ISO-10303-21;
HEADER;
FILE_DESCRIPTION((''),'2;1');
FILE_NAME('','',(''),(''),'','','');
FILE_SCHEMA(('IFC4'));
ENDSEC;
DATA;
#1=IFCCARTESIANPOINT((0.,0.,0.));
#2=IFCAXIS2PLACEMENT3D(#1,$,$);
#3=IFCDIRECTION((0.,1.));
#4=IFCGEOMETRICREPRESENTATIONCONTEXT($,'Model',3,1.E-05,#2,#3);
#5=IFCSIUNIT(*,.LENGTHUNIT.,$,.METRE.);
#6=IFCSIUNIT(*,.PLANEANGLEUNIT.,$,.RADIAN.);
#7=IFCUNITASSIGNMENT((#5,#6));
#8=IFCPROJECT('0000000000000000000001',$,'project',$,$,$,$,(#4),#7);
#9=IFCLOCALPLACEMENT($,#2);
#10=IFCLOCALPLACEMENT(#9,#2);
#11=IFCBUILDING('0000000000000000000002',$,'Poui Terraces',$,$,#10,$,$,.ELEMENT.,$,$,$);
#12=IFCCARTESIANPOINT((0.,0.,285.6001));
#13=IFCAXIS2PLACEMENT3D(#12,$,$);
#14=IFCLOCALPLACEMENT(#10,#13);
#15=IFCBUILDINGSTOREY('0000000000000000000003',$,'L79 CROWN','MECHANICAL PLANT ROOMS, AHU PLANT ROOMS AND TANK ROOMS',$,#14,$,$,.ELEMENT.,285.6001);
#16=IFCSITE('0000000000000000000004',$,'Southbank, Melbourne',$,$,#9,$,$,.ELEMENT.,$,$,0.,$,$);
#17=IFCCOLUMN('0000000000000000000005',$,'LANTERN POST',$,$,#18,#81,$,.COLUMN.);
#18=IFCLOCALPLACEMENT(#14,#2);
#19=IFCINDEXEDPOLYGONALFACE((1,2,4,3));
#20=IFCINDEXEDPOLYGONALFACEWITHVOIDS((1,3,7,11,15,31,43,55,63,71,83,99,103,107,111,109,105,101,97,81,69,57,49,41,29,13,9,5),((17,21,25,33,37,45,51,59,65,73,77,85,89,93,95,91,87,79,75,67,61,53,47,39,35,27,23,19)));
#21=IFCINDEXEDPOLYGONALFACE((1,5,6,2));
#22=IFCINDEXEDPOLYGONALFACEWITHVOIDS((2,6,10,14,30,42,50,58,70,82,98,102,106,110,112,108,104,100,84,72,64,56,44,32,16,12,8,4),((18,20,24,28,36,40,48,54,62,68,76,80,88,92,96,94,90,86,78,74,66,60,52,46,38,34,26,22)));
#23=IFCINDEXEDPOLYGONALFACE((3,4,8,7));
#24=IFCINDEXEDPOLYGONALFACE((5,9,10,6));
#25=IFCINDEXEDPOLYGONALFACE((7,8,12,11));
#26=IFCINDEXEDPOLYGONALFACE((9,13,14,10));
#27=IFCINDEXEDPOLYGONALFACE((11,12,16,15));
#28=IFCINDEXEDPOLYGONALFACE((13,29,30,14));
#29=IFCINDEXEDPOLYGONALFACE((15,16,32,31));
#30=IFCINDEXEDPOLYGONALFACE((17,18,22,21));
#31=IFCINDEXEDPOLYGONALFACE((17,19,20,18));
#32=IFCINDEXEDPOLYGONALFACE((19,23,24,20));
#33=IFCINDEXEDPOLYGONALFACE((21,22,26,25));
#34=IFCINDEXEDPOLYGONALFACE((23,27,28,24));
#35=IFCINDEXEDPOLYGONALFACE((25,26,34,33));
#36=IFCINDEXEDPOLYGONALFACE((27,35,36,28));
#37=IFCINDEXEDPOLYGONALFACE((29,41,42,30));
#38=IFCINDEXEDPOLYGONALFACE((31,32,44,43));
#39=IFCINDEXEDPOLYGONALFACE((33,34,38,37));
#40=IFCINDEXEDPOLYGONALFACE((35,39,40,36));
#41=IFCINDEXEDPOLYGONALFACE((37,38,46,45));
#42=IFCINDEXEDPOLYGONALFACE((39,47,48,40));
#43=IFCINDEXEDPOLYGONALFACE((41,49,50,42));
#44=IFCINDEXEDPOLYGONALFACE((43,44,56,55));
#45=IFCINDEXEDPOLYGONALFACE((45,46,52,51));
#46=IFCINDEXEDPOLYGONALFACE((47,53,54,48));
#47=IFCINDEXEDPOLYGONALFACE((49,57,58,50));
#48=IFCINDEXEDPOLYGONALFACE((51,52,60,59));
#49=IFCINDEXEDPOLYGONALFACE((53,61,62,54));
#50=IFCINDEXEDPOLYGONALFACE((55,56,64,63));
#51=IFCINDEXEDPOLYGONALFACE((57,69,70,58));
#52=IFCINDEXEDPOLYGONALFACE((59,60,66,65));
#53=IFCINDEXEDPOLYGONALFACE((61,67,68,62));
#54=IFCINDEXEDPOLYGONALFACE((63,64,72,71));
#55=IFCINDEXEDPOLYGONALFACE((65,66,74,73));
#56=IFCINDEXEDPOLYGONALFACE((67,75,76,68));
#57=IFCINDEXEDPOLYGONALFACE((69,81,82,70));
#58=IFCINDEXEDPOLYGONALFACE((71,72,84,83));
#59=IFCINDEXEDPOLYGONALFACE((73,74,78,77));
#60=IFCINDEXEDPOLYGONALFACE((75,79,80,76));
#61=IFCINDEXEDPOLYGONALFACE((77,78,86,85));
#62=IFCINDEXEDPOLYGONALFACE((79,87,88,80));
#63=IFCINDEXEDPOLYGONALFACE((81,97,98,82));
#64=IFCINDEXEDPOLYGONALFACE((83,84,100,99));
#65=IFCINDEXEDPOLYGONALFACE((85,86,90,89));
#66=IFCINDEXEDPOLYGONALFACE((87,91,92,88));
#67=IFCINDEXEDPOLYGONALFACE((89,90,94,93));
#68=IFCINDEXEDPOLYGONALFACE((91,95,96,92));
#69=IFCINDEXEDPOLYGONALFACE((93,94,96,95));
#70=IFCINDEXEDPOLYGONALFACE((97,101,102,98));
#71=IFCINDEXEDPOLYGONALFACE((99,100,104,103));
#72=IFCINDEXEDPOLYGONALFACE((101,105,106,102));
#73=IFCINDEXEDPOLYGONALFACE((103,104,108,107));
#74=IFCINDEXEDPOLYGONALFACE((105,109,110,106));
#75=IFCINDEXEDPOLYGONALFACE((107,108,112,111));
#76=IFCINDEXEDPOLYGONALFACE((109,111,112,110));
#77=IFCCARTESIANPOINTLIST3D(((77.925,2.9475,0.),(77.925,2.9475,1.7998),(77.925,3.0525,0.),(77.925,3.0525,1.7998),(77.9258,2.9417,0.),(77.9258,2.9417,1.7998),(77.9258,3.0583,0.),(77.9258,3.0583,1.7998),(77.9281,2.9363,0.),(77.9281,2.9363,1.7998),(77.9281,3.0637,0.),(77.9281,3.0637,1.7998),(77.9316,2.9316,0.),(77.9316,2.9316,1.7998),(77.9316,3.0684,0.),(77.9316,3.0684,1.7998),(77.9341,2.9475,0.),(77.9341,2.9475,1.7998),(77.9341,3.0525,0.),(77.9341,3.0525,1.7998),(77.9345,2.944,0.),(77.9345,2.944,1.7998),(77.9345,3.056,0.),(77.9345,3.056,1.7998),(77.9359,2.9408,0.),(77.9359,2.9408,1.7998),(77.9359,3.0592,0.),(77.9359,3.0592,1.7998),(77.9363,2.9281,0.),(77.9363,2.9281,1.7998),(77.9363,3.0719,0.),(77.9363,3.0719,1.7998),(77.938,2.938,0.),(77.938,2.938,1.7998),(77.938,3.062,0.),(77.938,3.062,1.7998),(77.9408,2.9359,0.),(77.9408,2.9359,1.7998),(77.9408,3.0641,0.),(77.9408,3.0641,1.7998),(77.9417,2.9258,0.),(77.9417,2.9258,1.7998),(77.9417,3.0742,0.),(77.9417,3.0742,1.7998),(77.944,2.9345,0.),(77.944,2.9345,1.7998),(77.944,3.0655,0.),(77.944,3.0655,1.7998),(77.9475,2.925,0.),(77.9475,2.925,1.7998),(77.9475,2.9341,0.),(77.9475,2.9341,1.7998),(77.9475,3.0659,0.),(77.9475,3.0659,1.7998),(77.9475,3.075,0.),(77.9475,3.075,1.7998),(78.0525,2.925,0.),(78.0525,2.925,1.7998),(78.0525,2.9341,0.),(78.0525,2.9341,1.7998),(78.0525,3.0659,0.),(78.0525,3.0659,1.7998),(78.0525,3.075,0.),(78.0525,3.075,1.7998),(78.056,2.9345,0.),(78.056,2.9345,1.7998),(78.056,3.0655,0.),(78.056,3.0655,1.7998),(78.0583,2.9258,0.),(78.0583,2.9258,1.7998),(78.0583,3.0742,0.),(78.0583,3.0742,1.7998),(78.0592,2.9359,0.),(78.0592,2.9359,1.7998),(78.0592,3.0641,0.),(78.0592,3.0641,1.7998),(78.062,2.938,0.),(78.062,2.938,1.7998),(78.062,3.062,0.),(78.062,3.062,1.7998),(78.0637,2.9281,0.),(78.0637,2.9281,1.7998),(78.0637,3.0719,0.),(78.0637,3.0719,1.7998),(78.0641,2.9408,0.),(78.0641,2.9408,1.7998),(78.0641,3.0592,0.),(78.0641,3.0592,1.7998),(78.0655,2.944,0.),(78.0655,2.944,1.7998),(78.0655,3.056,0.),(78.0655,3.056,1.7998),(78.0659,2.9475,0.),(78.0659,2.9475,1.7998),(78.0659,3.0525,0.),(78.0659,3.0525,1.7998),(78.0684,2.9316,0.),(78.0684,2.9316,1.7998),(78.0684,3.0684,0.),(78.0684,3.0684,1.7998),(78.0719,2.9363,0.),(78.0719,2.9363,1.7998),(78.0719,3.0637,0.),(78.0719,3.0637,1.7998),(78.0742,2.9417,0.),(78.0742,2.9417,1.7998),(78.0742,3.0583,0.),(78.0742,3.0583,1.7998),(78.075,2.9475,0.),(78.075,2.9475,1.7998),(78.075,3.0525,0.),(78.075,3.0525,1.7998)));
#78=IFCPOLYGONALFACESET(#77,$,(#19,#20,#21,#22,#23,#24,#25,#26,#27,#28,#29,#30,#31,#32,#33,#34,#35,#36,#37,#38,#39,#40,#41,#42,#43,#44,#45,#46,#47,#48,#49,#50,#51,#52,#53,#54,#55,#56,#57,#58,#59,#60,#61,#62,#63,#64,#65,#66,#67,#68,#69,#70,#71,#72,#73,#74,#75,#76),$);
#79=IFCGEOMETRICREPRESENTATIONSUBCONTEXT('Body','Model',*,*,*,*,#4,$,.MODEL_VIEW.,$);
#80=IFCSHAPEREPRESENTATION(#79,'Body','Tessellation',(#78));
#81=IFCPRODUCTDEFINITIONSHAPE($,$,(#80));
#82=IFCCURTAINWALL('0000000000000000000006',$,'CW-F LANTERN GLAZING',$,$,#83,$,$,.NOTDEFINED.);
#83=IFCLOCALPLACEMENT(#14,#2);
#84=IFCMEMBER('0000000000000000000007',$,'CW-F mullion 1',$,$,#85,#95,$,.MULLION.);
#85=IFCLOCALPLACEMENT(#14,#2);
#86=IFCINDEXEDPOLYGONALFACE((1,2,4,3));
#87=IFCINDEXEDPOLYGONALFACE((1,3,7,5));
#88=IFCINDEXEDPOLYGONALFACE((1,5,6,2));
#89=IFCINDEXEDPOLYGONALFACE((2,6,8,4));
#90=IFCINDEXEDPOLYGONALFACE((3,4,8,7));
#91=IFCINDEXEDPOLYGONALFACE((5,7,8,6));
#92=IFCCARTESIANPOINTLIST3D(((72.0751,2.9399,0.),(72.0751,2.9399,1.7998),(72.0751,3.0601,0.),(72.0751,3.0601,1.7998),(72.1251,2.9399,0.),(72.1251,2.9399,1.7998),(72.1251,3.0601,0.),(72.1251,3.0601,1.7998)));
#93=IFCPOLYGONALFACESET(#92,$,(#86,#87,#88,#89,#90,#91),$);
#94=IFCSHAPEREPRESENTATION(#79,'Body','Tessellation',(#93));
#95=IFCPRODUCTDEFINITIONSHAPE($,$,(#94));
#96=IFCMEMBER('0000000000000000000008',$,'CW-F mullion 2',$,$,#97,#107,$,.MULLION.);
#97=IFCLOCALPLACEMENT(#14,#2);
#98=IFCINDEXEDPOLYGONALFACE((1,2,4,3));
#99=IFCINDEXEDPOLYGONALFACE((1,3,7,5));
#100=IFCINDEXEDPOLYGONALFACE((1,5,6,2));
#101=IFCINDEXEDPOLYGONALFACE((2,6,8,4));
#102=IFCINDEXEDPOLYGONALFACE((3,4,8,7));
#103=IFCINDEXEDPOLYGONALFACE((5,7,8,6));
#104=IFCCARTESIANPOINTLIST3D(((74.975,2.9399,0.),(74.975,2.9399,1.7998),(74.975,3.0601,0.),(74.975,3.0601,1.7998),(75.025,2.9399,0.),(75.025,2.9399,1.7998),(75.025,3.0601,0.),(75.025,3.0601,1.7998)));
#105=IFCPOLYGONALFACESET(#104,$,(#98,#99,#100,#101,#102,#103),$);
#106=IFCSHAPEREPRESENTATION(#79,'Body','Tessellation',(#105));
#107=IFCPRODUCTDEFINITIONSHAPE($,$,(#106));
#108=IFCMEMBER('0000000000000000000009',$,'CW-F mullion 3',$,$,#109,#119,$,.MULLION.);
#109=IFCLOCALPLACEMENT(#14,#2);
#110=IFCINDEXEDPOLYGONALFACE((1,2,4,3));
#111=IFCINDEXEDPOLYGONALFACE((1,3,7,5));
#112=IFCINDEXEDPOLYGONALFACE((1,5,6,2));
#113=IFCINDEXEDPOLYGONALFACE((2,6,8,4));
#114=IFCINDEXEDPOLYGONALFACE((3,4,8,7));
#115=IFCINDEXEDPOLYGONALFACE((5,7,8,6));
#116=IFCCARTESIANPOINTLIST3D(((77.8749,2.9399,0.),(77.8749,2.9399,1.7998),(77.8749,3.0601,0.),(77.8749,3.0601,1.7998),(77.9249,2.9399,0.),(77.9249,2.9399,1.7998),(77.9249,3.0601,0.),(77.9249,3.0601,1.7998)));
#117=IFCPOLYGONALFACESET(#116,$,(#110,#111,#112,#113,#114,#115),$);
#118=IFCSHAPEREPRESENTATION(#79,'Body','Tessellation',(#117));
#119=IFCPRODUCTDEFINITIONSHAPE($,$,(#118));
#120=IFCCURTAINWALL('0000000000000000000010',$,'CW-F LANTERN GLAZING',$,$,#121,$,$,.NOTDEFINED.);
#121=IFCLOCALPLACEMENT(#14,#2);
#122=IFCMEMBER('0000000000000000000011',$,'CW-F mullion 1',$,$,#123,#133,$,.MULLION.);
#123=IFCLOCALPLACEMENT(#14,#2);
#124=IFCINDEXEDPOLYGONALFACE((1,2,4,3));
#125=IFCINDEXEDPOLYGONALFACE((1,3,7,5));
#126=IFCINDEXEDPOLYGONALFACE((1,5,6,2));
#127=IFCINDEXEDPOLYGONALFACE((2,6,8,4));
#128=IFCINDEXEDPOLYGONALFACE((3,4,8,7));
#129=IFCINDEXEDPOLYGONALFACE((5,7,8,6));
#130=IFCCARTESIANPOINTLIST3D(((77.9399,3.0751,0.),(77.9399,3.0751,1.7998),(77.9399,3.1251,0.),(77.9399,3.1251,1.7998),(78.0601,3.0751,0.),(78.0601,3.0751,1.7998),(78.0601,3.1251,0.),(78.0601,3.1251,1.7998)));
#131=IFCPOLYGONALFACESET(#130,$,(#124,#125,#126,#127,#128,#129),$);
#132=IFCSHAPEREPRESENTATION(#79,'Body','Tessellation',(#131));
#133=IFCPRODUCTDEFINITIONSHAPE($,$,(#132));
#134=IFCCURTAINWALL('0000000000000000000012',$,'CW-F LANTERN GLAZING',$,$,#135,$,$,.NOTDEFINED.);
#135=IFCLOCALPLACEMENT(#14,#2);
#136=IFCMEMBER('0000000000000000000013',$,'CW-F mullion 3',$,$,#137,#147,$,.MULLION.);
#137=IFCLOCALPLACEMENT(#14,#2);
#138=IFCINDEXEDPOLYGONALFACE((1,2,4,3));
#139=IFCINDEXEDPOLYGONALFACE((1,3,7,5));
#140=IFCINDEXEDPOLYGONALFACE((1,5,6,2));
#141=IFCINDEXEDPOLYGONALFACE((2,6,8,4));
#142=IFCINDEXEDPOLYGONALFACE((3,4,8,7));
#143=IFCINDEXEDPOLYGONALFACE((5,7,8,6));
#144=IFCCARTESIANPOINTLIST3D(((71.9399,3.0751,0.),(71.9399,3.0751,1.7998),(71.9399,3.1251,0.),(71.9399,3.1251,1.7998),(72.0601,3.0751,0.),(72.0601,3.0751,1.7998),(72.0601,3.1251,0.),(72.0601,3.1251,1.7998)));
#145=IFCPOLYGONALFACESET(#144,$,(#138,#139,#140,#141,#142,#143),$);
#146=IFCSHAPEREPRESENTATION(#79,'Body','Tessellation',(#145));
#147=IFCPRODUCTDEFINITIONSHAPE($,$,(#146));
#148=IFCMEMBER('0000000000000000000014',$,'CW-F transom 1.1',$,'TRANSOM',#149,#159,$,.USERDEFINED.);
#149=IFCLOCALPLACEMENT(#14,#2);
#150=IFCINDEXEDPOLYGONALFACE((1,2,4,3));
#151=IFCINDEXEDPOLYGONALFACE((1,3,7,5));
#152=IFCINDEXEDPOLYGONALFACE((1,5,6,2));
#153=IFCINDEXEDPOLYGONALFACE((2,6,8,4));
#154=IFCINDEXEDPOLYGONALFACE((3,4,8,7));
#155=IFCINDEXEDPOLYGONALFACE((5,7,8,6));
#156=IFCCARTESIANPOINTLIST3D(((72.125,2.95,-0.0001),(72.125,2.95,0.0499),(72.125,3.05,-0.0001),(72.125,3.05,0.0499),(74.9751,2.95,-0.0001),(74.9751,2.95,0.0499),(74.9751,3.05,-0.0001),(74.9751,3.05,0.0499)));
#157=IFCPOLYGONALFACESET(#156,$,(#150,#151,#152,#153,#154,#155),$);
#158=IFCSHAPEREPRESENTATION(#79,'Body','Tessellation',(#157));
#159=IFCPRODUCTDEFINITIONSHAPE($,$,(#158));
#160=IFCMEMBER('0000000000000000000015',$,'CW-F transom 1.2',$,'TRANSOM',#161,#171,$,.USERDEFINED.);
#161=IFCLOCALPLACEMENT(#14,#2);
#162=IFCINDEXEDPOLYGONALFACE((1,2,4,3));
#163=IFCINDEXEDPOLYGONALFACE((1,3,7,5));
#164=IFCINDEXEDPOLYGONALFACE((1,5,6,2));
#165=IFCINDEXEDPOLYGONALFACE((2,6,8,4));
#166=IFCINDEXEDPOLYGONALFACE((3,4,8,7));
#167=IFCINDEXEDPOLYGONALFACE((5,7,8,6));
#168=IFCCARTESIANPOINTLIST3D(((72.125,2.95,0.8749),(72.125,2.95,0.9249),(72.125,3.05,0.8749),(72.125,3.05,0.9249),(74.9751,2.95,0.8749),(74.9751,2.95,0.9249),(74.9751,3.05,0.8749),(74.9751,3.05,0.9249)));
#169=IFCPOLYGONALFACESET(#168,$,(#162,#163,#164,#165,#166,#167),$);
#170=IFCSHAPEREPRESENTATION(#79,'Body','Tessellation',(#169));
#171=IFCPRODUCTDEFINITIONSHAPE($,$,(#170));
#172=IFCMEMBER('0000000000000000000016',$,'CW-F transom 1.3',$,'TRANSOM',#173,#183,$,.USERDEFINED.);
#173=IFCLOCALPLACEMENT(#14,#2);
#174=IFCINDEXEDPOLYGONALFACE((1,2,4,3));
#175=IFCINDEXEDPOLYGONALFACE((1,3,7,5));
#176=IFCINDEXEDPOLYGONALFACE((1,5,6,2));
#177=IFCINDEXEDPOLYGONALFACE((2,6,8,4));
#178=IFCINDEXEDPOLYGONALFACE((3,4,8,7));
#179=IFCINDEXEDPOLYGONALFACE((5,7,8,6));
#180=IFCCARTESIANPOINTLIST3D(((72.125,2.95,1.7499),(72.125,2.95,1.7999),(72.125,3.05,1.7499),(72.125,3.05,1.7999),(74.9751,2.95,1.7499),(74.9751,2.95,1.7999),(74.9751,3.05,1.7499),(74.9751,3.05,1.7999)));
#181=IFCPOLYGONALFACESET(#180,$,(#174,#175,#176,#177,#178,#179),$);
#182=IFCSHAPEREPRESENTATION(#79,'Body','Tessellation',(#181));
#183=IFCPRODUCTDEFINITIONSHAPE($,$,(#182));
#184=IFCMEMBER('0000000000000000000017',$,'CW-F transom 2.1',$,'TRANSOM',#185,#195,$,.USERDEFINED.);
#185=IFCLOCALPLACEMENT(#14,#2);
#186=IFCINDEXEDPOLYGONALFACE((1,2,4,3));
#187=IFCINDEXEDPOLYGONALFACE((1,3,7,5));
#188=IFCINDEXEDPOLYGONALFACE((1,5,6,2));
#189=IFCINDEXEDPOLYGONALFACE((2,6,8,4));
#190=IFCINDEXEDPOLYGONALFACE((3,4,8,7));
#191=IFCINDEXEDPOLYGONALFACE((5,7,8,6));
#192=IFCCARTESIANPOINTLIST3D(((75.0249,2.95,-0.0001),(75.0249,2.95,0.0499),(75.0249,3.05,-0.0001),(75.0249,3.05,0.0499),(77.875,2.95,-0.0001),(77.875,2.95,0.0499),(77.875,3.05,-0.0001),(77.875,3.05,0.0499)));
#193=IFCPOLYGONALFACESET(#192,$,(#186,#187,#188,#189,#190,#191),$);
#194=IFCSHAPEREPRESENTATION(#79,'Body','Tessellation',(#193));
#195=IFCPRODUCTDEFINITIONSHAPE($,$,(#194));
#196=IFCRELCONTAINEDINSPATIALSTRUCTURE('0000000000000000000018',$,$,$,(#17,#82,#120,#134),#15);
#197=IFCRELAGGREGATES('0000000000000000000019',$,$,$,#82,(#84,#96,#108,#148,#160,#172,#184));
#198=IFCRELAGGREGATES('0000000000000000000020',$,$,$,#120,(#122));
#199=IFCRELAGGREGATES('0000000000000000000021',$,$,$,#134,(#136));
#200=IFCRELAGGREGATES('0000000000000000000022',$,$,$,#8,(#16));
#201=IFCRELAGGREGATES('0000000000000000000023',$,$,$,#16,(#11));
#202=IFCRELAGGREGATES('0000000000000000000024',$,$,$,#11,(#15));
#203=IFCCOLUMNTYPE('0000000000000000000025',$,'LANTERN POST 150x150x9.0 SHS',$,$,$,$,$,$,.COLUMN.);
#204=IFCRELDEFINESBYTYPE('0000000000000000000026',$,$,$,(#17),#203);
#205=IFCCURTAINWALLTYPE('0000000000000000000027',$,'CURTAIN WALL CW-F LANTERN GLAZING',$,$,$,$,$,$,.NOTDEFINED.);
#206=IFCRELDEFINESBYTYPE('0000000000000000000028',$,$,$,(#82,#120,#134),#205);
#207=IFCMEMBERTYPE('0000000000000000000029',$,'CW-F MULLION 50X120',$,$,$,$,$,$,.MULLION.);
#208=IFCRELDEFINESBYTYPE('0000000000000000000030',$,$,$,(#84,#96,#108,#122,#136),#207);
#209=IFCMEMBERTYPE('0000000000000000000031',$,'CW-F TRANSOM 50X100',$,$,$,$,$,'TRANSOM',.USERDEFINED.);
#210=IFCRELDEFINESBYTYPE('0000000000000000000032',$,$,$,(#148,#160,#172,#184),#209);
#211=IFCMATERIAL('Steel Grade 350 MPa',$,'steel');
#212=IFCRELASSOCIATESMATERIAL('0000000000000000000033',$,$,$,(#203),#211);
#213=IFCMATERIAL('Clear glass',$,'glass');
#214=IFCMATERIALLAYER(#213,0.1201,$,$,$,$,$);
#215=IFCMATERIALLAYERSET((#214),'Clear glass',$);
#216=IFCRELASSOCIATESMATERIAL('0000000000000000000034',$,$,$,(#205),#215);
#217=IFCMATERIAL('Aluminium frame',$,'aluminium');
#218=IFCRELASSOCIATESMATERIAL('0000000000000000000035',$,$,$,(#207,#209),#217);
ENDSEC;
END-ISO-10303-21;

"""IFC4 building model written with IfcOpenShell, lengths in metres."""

from ifc_helpers import new_model, si_unit, direction, frame, origin, origin_2d, place, context, subcontext, project, spatial, rectangle, hollow_rectangle, extrude, source, transform, mapped, material, layer, layer_set, material_profile, profile_set, type_object, element, aggregate, save


model = new_model("IFC4")

# Units and contexts
model_context = context("Model", 3, precision=1e-05, world=origin(), true_north=direction((0.0, 1.0)))
body_context = subcontext(model_context, "Body", "Model", "MODEL_VIEW")
ifc_project = project(units=[si_unit("LENGTHUNIT", "METRE"), si_unit("PLANEANGLEUNIT", "RADIAN")], contexts=[model_context])

# Site, building, storey
site_placement = place(None, origin())
site = spatial("IfcSite", under=ifc_project, at=site_placement, Name="Southbank, Melbourne", CompositionType="ELEMENT", RefElevation=0.0)
building_placement = place(site_placement, origin())
building = spatial("IfcBuilding", under=site, at=building_placement, Name="Poui Terraces", CompositionType="ELEMENT")
storey_placement = place(building_placement, frame((0.0, 0.0, 285.6001)))
storey = spatial("IfcBuildingStorey", under=building, at=storey_placement, Name="L79 CROWN", Description="MECHANICAL PLANT ROOMS, AHU PLANT ROOMS AND TANK ROOMS", CompositionType="ELEMENT", Elevation=285.6001)

# Column
ifc_material_1 = material(Name="Steel Grade 350 MPa", Category="steel")
ifc_material_profile_1 = material_profile(ifc_material_1, hollow_rectangle(XDim=0.1499, YDim=0.1499, WallThickness=0.009, InnerFilletRadius=0.0134, OuterFilletRadius=0.0225, at=origin_2d()), Name="150x150x9.0 SHS")
ifc_profile_set_1 = profile_set([ifc_material_profile_1], Name="Steel Grade 350 MPa")
column_type_1 = type_object("IfcColumnType", Name="LANTERN POST 150x150x9.0 SHS", PredefinedType="COLUMN", material=ifc_profile_set_1)
shared_shape_1 = source(origin(), body_context, "Body", "SweptSolid", [
    extrude(hollow_rectangle(XDim=0.1499, YDim=0.1499, WallThickness=0.009, InnerFilletRadius=0.0134, OuterFilletRadius=0.0225, at=origin_2d()), origin(), (0.0, 0.0, 1.0), 1.7998),
])
for number, where, z_axis, x_axis, name in (
    (1, (78.0, 3.0, 0.0), (0.0, 0.0, 1.0), (1.0, 0.0, 0.0), "LANTERN POST"),
):
    element("IfcColumn", number, at=place(storey_placement, frame(where, z_axis=z_axis, x_axis=x_axis)), inside=storey, type_object=column_type_1, Name=name, PredefinedType="COLUMN", context=body_context, shape_type="MappedRepresentation", body=[
        mapped(shared_shape_1, transform((0.0, 0.0, 0.0))),
    ])

# Curtain wall, members
ifc_material_2 = material(Name="Clear glass", Category="glass")
ifc_layer_1 = layer(ifc_material_2, 0.1201)
ifc_layer_set_1 = layer_set([ifc_layer_1], Name="Clear glass")
curtain_wall_type = type_object("IfcCurtainWallType", Name="CURTAIN WALL CW-F LANTERN GLAZING", PredefinedType="NOTDEFINED", material=ifc_layer_set_1)
curtain_wall_1_placement = place(storey_placement, origin())
curtain_wall_1 = element("IfcCurtainWall", 2, at=curtain_wall_1_placement, inside=storey, type_object=curtain_wall_type, Name="CW-F LANTERN GLAZING", PredefinedType="NOTDEFINED")
ifc_material_3 = material(Name="Aluminium frame", Category="aluminium")
ifc_material_profile_2 = material_profile(ifc_material_3, rectangle(XDim=0.1201, YDim=0.05, at=origin_2d()), Name="CW-F MULLION 50X120")
ifc_profile_set_2 = profile_set([ifc_material_profile_2], Name="Aluminium frame")
member_type_1 = type_object("IfcMemberType", Name="CW-F MULLION 50X120", PredefinedType="MULLION", material=ifc_profile_set_2)
member_1_placement = place(storey_placement, frame((72.1001, 3.0, 0.0), z_axis=(0.0, 0.0, 1.0), x_axis=(0.0, 1.0, 0.0)))
member_1 = element("IfcMember", 3, at=member_1_placement, type_object=member_type_1, Name="CW-F mullion 1", PredefinedType="MULLION", context=body_context, shape_type="SweptSolid", body=[
    extrude(rectangle(XDim=0.1201, YDim=0.05, at=origin_2d()), origin(), (0.0, 0.0, 1.0), 1.7998),
])
member_2_placement = place(storey_placement, frame((75.0, 3.0, 0.0), z_axis=(0.0, 0.0, 1.0), x_axis=(0.0, 1.0, 0.0)))
member_2 = element("IfcMember", 4, at=member_2_placement, type_object=member_type_1, Name="CW-F mullion 2", PredefinedType="MULLION", context=body_context, shape_type="SweptSolid", body=[
    extrude(rectangle(XDim=0.1201, YDim=0.05, at=origin_2d()), origin(), (0.0, 0.0, 1.0), 1.7998),
])
member_3_placement = place(storey_placement, frame((77.8999, 3.0, 0.0), z_axis=(0.0, 0.0, 1.0), x_axis=(0.0, 1.0, 0.0)))
member_3 = element("IfcMember", 5, at=member_3_placement, type_object=member_type_1, Name="CW-F mullion 3", PredefinedType="MULLION", context=body_context, shape_type="SweptSolid", body=[
    extrude(rectangle(XDim=0.1201, YDim=0.05, at=origin_2d()), origin(), (0.0, 0.0, 1.0), 1.7998),
])

# Curtain walls, members
curtain_wall_2_placement = place(storey_placement, origin())
curtain_wall_2 = element("IfcCurtainWall", 6, at=curtain_wall_2_placement, inside=storey, type_object=curtain_wall_type, Name="CW-F LANTERN GLAZING", PredefinedType="NOTDEFINED")
member_4_placement = place(storey_placement, frame((78.0, 3.1001, 0.0), z_axis=(0.0, 0.0, 1.0), x_axis=(-1.0, 0.0, 0.0)))
member_4 = element("IfcMember", 7, at=member_4_placement, type_object=member_type_1, Name="CW-F mullion 1", PredefinedType="MULLION", context=body_context, shape_type="SweptSolid", body=[
    extrude(rectangle(XDim=0.1201, YDim=0.05, at=origin_2d()), origin(), (0.0, 0.0, 1.0), 1.7998),
])
curtain_wall_3_placement = place(storey_placement, origin())
curtain_wall_3 = element("IfcCurtainWall", 8, at=curtain_wall_3_placement, inside=storey, type_object=curtain_wall_type, Name="CW-F LANTERN GLAZING", PredefinedType="NOTDEFINED")
member_5_placement = place(storey_placement, frame((72.0, 3.1001, 0.0), z_axis=(0.0, 0.0, 1.0), x_axis=(1.0, 0.0, 0.0)))
member_5 = element("IfcMember", 9, at=member_5_placement, type_object=member_type_1, Name="CW-F mullion 3", PredefinedType="MULLION", context=body_context, shape_type="SweptSolid", body=[
    extrude(rectangle(XDim=0.1201, YDim=0.05, at=origin_2d()), origin(), (0.0, 0.0, 1.0), 1.7998),
])

# Members
ifc_material_profile_3 = material_profile(ifc_material_3, rectangle(XDim=0.1001, YDim=0.05, at=origin_2d()), Name="CW-F TRANSOM 50X100")
ifc_profile_set_3 = profile_set([ifc_material_profile_3], Name="Aluminium frame")
member_type_2 = type_object("IfcMemberType", Name="CW-F TRANSOM 50X100", ElementType="TRANSOM", PredefinedType="USERDEFINED", material=ifc_profile_set_3)
member_6_placement = place(storey_placement, frame((72.125, 3.0, 0.0249), z_axis=(1.0, 0.0, 0.0), x_axis=(0.0, 1.0, 0.0)))
member_6 = element("IfcMember", 10, at=member_6_placement, type_object=member_type_2, Name="CW-F transom 1.1", ObjectType="TRANSOM", PredefinedType="USERDEFINED", context=body_context, shape_type="SweptSolid", body=[
    extrude(rectangle(XDim=0.1001, YDim=0.05, at=origin_2d()), origin(), (0.0, 0.0, 1.0), 2.8501),
])
member_7_placement = place(storey_placement, frame((72.125, 3.0, 0.8999), z_axis=(1.0, 0.0, 0.0), x_axis=(0.0, 1.0, 0.0)))
member_7 = element("IfcMember", 11, at=member_7_placement, type_object=member_type_2, Name="CW-F transom 1.2", ObjectType="TRANSOM", PredefinedType="USERDEFINED", context=body_context, shape_type="SweptSolid", body=[
    extrude(rectangle(XDim=0.1001, YDim=0.05, at=origin_2d()), origin(), (0.0, 0.0, 1.0), 2.8501),
])
member_8_placement = place(storey_placement, frame((72.125, 3.0, 1.7749), z_axis=(1.0, 0.0, 0.0), x_axis=(0.0, 1.0, 0.0)))
member_8 = element("IfcMember", 12, at=member_8_placement, type_object=member_type_2, Name="CW-F transom 1.3", ObjectType="TRANSOM", PredefinedType="USERDEFINED", context=body_context, shape_type="SweptSolid", body=[
    extrude(rectangle(XDim=0.1001, YDim=0.05, at=origin_2d()), origin(), (0.0, 0.0, 1.0), 2.8501),
])
member_9_placement = place(storey_placement, frame((75.0249, 3.0, 0.0249), z_axis=(1.0, 0.0, 0.0), x_axis=(0.0, 1.0, 0.0)))
member_9 = element("IfcMember", 13, at=member_9_placement, type_object=member_type_2, Name="CW-F transom 2.1", ObjectType="TRANSOM", PredefinedType="USERDEFINED", context=body_context, shape_type="SweptSolid", body=[
    extrude(rectangle(XDim=0.1001, YDim=0.05, at=origin_2d()), origin(), (0.0, 0.0, 1.0), 2.8501),
])

aggregate(curtain_wall_1, [member_1, member_2, member_3, member_6, member_7, member_8, member_9])
aggregate(curtain_wall_2, [member_4])
aggregate(curtain_wall_3, [member_5])

save(model, "model.ifc")
